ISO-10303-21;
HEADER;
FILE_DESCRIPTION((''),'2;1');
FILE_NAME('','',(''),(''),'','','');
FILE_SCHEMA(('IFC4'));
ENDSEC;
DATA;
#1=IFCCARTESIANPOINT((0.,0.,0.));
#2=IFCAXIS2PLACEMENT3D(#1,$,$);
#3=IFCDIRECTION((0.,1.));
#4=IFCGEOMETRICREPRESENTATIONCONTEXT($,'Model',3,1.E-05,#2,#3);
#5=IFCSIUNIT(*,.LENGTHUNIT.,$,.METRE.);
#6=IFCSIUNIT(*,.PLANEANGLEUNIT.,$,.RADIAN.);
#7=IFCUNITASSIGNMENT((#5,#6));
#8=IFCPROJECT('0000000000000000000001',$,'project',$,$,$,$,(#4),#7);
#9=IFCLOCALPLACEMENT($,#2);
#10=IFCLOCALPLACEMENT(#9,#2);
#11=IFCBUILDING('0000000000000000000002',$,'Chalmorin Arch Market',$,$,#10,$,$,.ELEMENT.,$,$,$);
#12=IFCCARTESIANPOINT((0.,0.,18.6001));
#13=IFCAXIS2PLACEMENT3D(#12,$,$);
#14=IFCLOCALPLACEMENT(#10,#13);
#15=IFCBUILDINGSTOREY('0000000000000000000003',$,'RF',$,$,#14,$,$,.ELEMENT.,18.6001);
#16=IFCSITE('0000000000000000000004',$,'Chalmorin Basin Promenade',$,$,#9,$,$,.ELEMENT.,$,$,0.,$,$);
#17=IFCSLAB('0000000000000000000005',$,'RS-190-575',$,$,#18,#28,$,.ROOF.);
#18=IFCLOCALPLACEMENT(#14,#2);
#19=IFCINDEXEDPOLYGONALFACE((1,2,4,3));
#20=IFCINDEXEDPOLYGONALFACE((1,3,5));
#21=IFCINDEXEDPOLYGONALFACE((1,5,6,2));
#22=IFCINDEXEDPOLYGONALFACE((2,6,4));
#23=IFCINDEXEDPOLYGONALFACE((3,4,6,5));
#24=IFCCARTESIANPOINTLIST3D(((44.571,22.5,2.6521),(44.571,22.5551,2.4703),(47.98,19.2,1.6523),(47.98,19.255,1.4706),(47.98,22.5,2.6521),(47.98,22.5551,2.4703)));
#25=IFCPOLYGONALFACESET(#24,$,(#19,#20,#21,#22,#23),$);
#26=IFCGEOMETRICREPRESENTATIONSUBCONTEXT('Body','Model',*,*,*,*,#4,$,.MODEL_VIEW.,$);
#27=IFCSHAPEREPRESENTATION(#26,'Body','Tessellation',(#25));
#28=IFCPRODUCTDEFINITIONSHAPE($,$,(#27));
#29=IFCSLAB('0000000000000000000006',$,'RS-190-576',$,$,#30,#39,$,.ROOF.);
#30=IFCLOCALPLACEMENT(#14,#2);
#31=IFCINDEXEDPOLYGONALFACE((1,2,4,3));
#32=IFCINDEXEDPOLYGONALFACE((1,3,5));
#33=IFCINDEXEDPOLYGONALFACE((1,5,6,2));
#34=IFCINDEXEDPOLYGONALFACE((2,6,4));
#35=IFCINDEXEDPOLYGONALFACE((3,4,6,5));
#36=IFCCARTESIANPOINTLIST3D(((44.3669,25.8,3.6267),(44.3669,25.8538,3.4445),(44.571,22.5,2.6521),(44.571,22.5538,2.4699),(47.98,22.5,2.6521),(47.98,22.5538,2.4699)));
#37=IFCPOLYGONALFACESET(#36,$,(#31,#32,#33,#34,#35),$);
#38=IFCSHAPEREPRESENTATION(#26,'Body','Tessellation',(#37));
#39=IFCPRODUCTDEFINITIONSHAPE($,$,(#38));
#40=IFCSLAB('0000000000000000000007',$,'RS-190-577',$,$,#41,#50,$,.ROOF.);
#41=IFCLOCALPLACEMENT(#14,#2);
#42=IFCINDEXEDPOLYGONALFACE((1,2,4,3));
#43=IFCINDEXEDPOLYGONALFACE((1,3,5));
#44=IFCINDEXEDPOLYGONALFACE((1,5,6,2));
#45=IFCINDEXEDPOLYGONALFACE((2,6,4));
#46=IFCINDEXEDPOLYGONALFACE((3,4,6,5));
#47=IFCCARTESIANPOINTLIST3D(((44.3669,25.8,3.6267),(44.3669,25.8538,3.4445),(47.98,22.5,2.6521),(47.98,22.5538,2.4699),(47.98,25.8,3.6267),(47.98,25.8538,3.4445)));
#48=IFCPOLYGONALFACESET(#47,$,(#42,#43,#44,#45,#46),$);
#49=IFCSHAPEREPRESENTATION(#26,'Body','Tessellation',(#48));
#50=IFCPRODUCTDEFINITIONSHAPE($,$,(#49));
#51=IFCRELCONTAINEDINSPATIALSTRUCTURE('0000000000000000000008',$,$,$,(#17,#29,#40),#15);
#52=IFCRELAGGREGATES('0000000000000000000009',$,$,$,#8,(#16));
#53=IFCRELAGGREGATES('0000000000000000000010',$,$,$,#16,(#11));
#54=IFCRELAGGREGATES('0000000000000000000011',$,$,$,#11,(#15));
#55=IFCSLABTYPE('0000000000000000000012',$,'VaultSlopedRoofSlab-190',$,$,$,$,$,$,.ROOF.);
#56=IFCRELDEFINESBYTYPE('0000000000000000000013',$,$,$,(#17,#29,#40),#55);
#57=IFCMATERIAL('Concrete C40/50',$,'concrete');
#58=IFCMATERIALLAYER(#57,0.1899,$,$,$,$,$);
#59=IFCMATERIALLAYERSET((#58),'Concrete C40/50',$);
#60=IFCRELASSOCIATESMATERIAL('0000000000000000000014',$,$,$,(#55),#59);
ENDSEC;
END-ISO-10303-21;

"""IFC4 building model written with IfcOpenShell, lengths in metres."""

from ifc_helpers import new_model, si_unit, direction, frame, origin, place, context, subcontext, project, spatial, polyline, outline, extrude, material, layer, layer_set, type_object, element, save


model = new_model("IFC4")

# Units and contexts
model_context = context("Model", 3, precision=1e-05, world=origin(), true_north=direction((0.0, 1.0)))
body_context = subcontext(model_context, "Body", "Model", "MODEL_VIEW")
ifc_project = project(units=[si_unit("LENGTHUNIT", "METRE"), si_unit("PLANEANGLEUNIT", "RADIAN")], contexts=[model_context])

# Site, building, storey
site_placement = place(None, origin())
site = spatial("IfcSite", under=ifc_project, at=site_placement, Name="Chalmorin Basin Promenade", CompositionType="ELEMENT", RefElevation=0.0)
building_placement = place(site_placement, origin())
building = spatial("IfcBuilding", under=site, at=building_placement, Name="Chalmorin Arch Market", CompositionType="ELEMENT")
storey_placement = place(building_placement, frame((0.0, 0.0, 18.6001)))
storey = spatial("IfcBuildingStorey", under=building, at=storey_placement, Name="RF", CompositionType="ELEMENT", Elevation=18.6001)

# Shared definitions
ifc_material_1 = material(Name="Concrete C40/50", Category="concrete")

# Slabs
ifc_layer_1 = layer(ifc_material_1, 0.1899)
ifc_layer_set_1 = layer_set([ifc_layer_1], Name="Concrete C40/50")
slab_type_1 = type_object("IfcSlabType", Name="VaultSlopedRoofSlab-190", PredefinedType="ROOF", material=ifc_layer_set_1)
slab_1_placement = place(storey_placement, frame((47.98, 22.5, 2.6521), z_axis=(0.0, -0.289939, 0.957045), x_axis=(-1.0, 0.0, 0.0)))
element("IfcSlab", 1, at=slab_1_placement, inside=storey, type_object=slab_type_1, Name="RS-190-575", PredefinedType="ROOF", context=body_context, shape_type="SweptSolid", body=[
    extrude(outline(polyline([(0.0, 0.0), (3.4089, 0.0), (0.0, 3.4482), (0.0, 0.0)])), origin(), (0.0, 0.0, -1.0), 0.1899),
])
slab_2_placement = place(storey_placement, frame((44.3669, 25.8, 3.6267), z_axis=(0.0, -0.283238, 0.95905), x_axis=(0.059211, -0.957367, -0.282741)))
element("IfcSlab", 2, at=slab_2_placement, inside=storey, type_object=slab_type_1, Name="RS-190-576", PredefinedType="ROOF", context=body_context, shape_type="SweptSolid", body=[
    extrude(outline(polyline([(0.0, 0.0), (3.447, 0.0), (3.6489, 3.403), (0.0, 0.0)])), origin(), (0.0, 0.0, -1.0), 0.1899),
])
slab_3_placement = place(storey_placement, frame((47.98, 25.8, 3.6267), z_axis=(0.0, -0.283238, 0.95905), x_axis=(-1.0, 0.0, 0.0)))
element("IfcSlab", 3, at=slab_3_placement, inside=storey, type_object=slab_type_1, Name="RS-190-577", PredefinedType="ROOF", context=body_context, shape_type="SweptSolid", body=[
    extrude(outline(polyline([(0.0, 0.0), (3.613, 0.0), (0.0, 3.441), (0.0, 0.0)])), origin(), (0.0, 0.0, -1.0), 0.1899),
])

save(model, "model.ifc")
